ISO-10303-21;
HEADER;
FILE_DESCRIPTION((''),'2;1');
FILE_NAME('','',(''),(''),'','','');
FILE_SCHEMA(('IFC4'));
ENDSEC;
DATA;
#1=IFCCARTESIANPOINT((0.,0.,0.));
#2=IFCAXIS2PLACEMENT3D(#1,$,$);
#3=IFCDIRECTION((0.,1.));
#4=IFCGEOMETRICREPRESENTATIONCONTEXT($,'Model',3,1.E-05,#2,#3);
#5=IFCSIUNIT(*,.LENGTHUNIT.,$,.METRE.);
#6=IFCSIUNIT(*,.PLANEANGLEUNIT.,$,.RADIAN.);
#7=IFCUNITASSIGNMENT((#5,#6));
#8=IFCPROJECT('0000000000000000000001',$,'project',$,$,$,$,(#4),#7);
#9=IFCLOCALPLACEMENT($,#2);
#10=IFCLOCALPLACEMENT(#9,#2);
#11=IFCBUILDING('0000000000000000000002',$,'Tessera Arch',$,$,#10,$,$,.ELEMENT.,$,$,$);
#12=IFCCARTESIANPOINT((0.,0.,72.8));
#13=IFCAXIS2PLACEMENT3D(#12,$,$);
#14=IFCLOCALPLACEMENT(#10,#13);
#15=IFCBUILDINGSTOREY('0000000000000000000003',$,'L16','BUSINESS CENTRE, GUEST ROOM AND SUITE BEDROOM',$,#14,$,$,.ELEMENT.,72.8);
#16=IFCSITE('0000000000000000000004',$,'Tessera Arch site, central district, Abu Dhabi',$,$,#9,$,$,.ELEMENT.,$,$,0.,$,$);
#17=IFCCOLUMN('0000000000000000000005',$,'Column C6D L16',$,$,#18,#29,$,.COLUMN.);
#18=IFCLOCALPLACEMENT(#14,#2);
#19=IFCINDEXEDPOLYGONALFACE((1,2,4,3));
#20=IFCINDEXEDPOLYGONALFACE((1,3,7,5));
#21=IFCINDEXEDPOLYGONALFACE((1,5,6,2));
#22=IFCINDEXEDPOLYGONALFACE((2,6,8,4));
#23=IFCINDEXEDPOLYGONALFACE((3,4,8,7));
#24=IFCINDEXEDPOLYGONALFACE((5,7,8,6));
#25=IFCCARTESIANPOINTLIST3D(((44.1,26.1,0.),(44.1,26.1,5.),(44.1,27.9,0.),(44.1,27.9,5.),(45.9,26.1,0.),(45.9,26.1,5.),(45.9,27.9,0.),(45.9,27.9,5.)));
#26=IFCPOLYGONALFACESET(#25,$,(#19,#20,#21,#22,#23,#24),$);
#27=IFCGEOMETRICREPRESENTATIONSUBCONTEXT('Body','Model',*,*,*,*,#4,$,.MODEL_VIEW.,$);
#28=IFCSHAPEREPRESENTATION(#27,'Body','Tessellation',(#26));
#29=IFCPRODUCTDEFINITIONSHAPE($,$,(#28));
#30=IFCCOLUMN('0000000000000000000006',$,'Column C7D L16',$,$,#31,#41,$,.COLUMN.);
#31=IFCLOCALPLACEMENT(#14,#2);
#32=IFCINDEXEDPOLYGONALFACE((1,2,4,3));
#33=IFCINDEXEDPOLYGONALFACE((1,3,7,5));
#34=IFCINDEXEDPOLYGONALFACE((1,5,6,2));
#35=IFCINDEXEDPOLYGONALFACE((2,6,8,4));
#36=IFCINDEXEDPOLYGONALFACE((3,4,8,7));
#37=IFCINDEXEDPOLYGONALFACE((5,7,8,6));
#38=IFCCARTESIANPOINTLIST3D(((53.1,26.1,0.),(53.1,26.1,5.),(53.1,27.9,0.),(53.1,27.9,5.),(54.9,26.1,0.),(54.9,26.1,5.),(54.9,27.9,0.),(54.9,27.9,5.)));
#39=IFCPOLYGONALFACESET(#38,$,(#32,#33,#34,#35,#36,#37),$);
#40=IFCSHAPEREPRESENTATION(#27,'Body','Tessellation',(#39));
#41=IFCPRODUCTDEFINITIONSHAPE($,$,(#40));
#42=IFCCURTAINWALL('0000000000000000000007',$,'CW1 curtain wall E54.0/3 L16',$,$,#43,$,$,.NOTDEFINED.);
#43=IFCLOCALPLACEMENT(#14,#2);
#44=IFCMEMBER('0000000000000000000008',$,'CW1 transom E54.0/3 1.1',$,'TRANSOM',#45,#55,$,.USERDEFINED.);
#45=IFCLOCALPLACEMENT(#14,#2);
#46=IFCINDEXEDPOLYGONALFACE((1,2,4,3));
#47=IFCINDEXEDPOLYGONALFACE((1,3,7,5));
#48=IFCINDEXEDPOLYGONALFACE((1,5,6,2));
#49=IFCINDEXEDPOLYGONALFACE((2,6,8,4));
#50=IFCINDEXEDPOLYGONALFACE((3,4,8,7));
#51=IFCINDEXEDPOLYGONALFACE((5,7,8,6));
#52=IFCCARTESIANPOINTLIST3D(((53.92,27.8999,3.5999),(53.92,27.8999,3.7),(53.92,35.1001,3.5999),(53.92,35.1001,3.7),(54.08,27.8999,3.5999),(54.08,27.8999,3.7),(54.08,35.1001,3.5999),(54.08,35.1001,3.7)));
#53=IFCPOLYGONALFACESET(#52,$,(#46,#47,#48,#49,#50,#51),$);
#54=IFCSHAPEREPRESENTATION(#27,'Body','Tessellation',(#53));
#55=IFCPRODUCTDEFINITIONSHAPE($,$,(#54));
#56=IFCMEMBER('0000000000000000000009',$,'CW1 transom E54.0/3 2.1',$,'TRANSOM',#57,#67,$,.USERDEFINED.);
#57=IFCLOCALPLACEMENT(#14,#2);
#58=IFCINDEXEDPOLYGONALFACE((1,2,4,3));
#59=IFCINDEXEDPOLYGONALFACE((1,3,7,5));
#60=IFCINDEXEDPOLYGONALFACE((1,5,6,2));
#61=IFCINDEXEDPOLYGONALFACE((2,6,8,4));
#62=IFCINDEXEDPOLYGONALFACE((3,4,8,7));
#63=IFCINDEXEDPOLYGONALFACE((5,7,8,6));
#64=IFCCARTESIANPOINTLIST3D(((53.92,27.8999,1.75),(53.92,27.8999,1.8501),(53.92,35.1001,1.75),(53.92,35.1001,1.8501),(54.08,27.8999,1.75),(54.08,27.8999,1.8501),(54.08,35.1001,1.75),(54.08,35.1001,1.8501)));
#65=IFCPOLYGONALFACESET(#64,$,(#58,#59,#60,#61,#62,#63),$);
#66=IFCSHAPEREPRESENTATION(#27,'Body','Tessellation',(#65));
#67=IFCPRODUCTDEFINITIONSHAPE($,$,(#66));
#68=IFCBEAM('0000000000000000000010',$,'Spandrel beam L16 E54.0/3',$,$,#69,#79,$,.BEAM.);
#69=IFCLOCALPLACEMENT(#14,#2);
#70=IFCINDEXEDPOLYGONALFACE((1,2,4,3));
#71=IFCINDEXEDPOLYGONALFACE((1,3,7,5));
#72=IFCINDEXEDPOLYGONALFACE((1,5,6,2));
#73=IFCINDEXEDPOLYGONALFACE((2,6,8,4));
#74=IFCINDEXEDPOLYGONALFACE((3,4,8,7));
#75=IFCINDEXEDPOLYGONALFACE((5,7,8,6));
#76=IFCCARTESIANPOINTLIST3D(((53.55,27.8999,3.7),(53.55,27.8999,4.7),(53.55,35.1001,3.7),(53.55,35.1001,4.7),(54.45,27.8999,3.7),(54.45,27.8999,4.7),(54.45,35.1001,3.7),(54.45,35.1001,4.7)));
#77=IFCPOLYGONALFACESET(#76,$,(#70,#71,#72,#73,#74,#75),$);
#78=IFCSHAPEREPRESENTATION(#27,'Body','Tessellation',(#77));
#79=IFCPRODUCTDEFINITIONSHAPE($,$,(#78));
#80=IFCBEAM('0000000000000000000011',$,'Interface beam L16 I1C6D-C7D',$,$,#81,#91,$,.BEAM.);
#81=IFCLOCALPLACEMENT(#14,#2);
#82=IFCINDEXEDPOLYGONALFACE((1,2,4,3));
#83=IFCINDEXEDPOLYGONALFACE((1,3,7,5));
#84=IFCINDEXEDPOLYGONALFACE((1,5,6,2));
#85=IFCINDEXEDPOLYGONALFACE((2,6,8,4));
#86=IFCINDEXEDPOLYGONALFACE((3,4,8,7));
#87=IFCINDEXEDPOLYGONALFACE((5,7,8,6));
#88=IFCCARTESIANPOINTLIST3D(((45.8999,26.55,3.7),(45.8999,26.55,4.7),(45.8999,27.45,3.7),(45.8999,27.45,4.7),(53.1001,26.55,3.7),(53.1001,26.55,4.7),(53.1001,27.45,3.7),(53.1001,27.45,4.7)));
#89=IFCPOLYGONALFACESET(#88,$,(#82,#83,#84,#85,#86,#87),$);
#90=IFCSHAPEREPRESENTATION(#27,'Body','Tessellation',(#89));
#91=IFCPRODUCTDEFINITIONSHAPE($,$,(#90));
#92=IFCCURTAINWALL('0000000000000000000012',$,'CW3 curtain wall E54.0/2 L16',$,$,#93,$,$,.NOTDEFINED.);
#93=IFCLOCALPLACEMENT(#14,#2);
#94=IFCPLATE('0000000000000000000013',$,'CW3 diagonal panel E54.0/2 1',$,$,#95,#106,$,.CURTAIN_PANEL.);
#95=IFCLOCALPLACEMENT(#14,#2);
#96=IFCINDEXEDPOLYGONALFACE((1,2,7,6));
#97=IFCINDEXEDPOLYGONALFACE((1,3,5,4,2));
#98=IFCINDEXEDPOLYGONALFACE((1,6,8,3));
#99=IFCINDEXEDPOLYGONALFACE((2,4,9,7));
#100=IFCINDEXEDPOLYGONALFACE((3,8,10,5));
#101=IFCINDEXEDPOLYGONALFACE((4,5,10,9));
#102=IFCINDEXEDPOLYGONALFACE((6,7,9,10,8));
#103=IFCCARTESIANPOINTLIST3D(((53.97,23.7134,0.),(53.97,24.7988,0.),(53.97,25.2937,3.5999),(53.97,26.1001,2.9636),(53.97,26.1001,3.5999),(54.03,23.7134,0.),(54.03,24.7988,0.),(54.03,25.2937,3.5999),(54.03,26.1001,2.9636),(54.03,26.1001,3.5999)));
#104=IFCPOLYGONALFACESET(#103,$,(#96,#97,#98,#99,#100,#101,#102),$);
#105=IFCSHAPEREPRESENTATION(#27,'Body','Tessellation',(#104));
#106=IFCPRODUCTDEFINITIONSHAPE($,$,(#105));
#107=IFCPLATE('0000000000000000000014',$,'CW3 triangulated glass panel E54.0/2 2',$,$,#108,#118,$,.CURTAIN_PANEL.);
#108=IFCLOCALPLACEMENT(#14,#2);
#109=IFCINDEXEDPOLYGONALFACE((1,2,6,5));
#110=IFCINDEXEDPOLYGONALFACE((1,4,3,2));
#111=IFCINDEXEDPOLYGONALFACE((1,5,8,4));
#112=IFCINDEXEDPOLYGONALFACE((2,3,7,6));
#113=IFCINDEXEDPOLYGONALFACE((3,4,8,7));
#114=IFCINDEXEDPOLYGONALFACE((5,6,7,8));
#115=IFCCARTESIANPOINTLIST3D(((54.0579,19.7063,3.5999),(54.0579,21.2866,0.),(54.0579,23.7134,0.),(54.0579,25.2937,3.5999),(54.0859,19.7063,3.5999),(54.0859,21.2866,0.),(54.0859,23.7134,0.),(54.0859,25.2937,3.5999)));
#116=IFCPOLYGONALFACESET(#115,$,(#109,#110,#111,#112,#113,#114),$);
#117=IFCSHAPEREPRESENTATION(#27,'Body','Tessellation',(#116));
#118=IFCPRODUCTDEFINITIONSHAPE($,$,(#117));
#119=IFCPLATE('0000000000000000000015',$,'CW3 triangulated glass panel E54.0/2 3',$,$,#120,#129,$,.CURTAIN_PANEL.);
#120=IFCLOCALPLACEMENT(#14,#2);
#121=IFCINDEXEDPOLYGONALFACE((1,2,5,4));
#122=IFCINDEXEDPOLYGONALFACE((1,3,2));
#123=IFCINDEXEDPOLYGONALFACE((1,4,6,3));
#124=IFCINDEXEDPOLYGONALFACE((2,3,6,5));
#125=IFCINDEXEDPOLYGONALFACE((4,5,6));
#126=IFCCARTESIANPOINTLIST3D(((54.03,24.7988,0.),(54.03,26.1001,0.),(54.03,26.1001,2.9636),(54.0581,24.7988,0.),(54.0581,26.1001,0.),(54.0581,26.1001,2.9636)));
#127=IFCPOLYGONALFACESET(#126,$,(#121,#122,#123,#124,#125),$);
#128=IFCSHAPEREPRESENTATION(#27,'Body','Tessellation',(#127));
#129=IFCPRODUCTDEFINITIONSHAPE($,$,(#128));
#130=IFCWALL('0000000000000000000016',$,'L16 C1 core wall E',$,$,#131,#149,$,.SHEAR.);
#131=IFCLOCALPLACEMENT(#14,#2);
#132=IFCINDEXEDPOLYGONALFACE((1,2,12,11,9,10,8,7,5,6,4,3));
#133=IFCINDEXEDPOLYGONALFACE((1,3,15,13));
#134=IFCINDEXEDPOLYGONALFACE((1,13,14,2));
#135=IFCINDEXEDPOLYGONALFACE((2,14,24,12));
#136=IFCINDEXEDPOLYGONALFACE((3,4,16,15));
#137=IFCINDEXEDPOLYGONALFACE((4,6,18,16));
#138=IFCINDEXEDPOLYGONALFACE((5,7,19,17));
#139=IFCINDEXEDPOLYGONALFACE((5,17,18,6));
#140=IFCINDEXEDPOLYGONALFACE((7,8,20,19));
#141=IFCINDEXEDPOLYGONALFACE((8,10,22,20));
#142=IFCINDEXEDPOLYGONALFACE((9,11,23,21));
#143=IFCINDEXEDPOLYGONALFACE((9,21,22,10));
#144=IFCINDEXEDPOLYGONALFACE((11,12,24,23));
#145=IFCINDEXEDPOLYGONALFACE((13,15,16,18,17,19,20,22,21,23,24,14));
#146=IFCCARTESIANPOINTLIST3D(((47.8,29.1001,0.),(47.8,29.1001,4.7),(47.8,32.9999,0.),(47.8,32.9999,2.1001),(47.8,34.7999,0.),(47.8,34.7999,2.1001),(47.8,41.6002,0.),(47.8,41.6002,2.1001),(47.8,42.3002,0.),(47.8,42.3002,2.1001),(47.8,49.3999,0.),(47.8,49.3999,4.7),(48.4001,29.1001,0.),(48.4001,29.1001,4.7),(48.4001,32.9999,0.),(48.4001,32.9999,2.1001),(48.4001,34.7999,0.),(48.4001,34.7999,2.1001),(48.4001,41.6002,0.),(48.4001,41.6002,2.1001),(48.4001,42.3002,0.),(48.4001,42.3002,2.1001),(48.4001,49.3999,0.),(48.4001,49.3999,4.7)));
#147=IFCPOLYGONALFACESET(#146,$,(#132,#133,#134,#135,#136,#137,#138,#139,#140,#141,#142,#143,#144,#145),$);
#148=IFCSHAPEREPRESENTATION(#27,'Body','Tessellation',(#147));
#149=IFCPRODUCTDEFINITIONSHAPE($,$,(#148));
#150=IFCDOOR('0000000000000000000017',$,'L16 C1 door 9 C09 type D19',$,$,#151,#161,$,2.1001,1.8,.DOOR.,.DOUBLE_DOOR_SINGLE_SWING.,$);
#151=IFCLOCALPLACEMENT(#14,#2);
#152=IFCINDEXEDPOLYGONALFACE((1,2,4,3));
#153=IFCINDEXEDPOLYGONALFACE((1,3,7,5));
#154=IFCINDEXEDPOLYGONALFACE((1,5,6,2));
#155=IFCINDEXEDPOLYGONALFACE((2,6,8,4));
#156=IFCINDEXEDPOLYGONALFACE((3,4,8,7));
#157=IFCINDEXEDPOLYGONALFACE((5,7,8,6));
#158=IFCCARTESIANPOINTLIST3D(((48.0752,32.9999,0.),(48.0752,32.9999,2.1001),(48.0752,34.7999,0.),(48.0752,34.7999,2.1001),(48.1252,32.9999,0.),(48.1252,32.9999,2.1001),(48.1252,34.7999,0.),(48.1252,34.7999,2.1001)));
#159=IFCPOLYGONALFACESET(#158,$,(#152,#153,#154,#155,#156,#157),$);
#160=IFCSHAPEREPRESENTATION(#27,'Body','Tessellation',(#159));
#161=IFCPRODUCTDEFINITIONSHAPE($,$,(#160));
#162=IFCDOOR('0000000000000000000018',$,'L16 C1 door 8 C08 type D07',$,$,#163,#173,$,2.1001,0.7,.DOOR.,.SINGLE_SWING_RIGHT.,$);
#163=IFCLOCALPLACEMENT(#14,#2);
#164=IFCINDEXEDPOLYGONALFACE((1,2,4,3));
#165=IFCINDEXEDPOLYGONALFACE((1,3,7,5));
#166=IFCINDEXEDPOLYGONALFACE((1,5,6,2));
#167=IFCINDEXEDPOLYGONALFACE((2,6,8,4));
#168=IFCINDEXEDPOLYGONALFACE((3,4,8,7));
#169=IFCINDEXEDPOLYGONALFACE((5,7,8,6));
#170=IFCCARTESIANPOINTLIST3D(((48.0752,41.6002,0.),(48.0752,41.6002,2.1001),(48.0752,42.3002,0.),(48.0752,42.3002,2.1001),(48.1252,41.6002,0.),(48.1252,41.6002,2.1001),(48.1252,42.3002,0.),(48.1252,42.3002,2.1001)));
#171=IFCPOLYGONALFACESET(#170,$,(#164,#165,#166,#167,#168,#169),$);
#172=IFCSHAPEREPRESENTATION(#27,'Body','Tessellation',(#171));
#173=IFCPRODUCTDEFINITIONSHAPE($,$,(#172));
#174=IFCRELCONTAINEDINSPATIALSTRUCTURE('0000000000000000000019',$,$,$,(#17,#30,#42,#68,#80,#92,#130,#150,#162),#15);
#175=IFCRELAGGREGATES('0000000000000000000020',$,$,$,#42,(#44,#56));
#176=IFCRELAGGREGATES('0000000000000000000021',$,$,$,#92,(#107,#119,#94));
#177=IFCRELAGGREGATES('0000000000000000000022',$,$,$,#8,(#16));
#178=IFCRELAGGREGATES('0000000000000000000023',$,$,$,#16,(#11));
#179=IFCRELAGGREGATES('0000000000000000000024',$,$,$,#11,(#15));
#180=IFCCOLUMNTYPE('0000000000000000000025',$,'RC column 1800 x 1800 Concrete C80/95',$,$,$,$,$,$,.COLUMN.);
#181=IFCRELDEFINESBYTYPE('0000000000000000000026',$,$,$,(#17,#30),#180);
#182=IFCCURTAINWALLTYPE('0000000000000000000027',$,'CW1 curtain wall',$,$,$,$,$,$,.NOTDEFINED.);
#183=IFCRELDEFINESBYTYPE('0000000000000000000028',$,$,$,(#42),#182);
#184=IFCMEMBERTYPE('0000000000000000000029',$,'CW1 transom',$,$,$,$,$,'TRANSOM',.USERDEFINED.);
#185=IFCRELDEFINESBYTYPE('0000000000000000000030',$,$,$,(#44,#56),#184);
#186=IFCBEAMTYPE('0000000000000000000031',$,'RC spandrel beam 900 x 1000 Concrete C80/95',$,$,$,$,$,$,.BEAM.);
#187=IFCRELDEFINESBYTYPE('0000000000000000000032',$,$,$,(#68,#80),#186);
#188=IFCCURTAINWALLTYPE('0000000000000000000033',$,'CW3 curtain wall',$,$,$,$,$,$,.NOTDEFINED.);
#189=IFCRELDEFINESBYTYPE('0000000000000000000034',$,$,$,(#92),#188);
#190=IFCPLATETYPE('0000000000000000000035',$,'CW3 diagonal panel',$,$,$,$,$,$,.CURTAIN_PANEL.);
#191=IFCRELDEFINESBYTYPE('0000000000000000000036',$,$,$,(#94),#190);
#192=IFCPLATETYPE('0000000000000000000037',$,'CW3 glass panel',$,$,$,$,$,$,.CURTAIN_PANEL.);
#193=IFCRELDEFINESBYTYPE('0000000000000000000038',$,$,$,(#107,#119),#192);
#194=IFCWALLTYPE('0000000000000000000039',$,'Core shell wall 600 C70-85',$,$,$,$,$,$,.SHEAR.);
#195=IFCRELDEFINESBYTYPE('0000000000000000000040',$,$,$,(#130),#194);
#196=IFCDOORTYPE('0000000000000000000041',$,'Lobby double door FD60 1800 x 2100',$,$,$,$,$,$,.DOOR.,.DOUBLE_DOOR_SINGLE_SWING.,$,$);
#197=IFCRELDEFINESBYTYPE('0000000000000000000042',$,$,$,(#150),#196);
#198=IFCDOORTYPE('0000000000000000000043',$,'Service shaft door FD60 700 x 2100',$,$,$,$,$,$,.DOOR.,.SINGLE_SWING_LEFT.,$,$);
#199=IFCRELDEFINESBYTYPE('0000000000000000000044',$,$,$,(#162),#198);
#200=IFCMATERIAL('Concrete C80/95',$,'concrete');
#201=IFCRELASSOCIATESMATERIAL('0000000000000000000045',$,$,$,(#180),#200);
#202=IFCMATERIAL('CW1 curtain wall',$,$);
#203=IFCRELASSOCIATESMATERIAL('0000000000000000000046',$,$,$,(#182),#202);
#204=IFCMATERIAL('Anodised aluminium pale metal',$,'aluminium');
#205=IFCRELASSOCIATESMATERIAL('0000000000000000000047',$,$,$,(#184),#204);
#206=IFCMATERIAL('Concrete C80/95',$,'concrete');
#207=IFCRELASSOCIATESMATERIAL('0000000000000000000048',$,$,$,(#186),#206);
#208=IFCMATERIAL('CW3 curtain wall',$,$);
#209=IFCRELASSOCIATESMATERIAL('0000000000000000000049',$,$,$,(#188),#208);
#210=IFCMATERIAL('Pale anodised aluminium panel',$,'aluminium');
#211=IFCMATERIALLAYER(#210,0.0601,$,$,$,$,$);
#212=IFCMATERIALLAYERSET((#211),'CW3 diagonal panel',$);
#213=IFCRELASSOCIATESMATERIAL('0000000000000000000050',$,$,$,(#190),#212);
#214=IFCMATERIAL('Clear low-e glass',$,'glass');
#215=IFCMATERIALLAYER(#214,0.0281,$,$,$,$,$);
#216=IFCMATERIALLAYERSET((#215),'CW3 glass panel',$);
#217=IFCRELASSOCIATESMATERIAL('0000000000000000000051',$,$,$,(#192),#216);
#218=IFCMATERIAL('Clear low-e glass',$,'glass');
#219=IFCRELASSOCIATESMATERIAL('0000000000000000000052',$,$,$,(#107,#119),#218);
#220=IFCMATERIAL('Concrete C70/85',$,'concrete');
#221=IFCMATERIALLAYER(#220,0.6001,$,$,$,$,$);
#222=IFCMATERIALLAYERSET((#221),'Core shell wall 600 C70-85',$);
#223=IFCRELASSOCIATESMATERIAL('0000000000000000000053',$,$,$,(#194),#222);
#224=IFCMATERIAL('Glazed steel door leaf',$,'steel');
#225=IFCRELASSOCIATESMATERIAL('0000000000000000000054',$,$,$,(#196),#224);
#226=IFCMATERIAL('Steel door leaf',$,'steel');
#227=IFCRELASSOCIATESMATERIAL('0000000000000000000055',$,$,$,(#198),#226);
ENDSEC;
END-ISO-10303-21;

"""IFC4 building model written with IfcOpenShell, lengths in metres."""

from ifc_helpers import new_model, si_unit, direction, frame, frame_2d, origin, origin_2d, place, context, subcontext, project, spatial, polyline, rectangle, outline, extrude, material, layer, layer_set, material_profile, profile_set, type_object, element, fill, aggregate, save


model = new_model("IFC4")

# Units and contexts
model_context = context("Model", 3, precision=1e-05, world=origin(), true_north=direction((0.0, 1.0)))
body_context = subcontext(model_context, "Body", "Model", "MODEL_VIEW")
ifc_project = project(units=[si_unit("LENGTHUNIT", "METRE"), si_unit("PLANEANGLEUNIT", "RADIAN")], contexts=[model_context])

# Site, building, storey
site_placement = place(None, origin())
site = spatial("IfcSite", under=ifc_project, at=site_placement, Name="Tessera Arch site, central district, Abu Dhabi", CompositionType="ELEMENT", RefElevation=0.0)
building_placement = place(site_placement, origin())
building = spatial("IfcBuilding", under=site, at=building_placement, Name="Tessera Arch", CompositionType="ELEMENT")
storey_placement = place(building_placement, frame((0.0, 0.0, 72.8)))
storey = spatial("IfcBuildingStorey", under=building, at=storey_placement, Name="L16", Description="BUSINESS CENTRE, GUEST ROOM AND SUITE BEDROOM", CompositionType="ELEMENT", Elevation=72.8)

# Columns
ifc_material_1 = material(Name="Concrete C80/95", Category="concrete")
ifc_material_profile_1 = material_profile(ifc_material_1, rectangle(XDim=1.8, YDim=1.8, at=origin_2d()), Name="RC column 1800 x 1800 Concrete C80/95")
ifc_profile_set_1 = profile_set([ifc_material_profile_1], Name="Concrete C80/95")
column_type = type_object("IfcColumnType", Name="RC column 1800 x 1800 Concrete C80/95", PredefinedType="COLUMN", material=ifc_profile_set_1)
for number, where, z_axis, x_axis, name in (
    (1, (45.0, 27.0, 0.0), (0.0, 0.0, 1.0), (1.0, 0.0, 0.0), "Column C6D L16"),
    (2, (54.0, 27.0, 0.0), (0.0, 0.0, 1.0), (1.0, 0.0, 0.0), "Column C7D L16"),
):
    element("IfcColumn", number, at=place(storey_placement, frame(where, z_axis=z_axis, x_axis=x_axis)), inside=storey, type_object=column_type, Name=name, PredefinedType="COLUMN", context=body_context, shape_type="SweptSolid", body=[
        extrude(rectangle(XDim=1.8, YDim=1.8, at=origin_2d()), origin(), (0.0, 0.0, 1.0), 5.0),
    ])

# Curtain wall, members
ifc_material_2 = material(Name="CW1 curtain wall")
curtain_wall_type_1 = type_object("IfcCurtainWallType", Name="CW1 curtain wall", PredefinedType="NOTDEFINED", material=ifc_material_2)
curtain_wall_1_placement = place(storey_placement, origin())
curtain_wall_1 = element("IfcCurtainWall", 3, at=curtain_wall_1_placement, inside=storey, type_object=curtain_wall_type_1, Name="CW1 curtain wall E54.0/3 L16", PredefinedType="NOTDEFINED")
ifc_material_3 = material(Name="Anodised aluminium pale metal", Category="aluminium")
ifc_material_profile_2 = material_profile(ifc_material_3, rectangle(XDim=0.1599, YDim=0.1001, at=origin_2d()), Name="AL 160x100")
ifc_profile_set_2 = profile_set([ifc_material_profile_2], Name="Anodised aluminium pale metal")
member_type = type_object("IfcMemberType", Name="CW1 transom", ElementType="TRANSOM", PredefinedType="USERDEFINED", material=ifc_profile_set_2)
member_1_placement = place(storey_placement, frame((54.0, 27.8999, 3.6499), z_axis=(0.0, 1.0, 0.0), x_axis=(-1.0, 0.0, 0.0)))
member_1 = element("IfcMember", 4, at=member_1_placement, type_object=member_type, Name="CW1 transom E54.0/3 1.1", ObjectType="TRANSOM", PredefinedType="USERDEFINED", context=body_context, shape_type="SweptSolid", body=[
    extrude(rectangle(XDim=0.1599, YDim=0.1001, at=origin_2d()), origin(), (0.0, 0.0, 1.0), 7.2002),
])
member_2_placement = place(storey_placement, frame((54.0, 27.8999, 1.8), z_axis=(0.0, 1.0, 0.0), x_axis=(-1.0, 0.0, 0.0)))
member_2 = element("IfcMember", 5, at=member_2_placement, type_object=member_type, Name="CW1 transom E54.0/3 2.1", ObjectType="TRANSOM", PredefinedType="USERDEFINED", context=body_context, shape_type="SweptSolid", body=[
    extrude(rectangle(XDim=0.1599, YDim=0.1001, at=origin_2d()), origin(), (0.0, 0.0, 1.0), 7.2002),
])
aggregate(curtain_wall_1, [member_1, member_2])

# Beams
ifc_material_4 = material(Name="Concrete C80/95", Category="concrete")
ifc_material_profile_3 = material_profile(ifc_material_4, rectangle(XDim=0.8999, YDim=1.0, at=origin_2d()), Name="RC spandrel beam 900 x 1000 Concrete C80/95")
ifc_profile_set_3 = profile_set([ifc_material_profile_3], Name="Concrete C80/95")
beam_type = type_object("IfcBeamType", Name="RC spandrel beam 900 x 1000 Concrete C80/95", PredefinedType="BEAM", material=ifc_profile_set_3)
for number, where, z_axis, x_axis, name in (
    (6, (54.0, 27.8999, 4.2), (0.0, 1.0, 0.0), (-1.0, 0.0, 0.0), "Spandrel beam L16 E54.0/3"),
    (7, (45.8999, 27.0, 4.2), (1.0, 0.0, 0.0), (0.0, 1.0, 0.0), "Interface beam L16 I1C6D-C7D"),
):
    element("IfcBeam", number, at=place(storey_placement, frame(where, z_axis=z_axis, x_axis=x_axis)), inside=storey, type_object=beam_type, Name=name, PredefinedType="BEAM", context=body_context, shape_type="SweptSolid", body=[
        extrude(rectangle(XDim=0.8999, YDim=1.0, at=origin_2d()), origin(), (0.0, 0.0, 1.0), 7.2002),
    ])

# Curtain wall, plates
ifc_material_5 = material(Name="CW3 curtain wall")
curtain_wall_type_2 = type_object("IfcCurtainWallType", Name="CW3 curtain wall", PredefinedType="NOTDEFINED", material=ifc_material_5)
curtain_wall_2_placement = place(storey_placement, origin())
curtain_wall_2 = element("IfcCurtainWall", 8, at=curtain_wall_2_placement, inside=storey, type_object=curtain_wall_type_2, Name="CW3 curtain wall E54.0/2 L16", PredefinedType="NOTDEFINED")
ifc_material_6 = material(Name="Pale anodised aluminium panel", Category="aluminium")
ifc_layer_1 = layer(ifc_material_6, 0.0601)
ifc_layer_set_1 = layer_set([ifc_layer_1], Name="CW3 diagonal panel")
plate_type_1 = type_object("IfcPlateType", Name="CW3 diagonal panel", PredefinedType="CURTAIN_PANEL", material=ifc_layer_set_1)
plate_1_placement = place(storey_placement, frame((54.03, 26.1001, 3.5999), z_axis=(1.0, 0.0, 0.0), x_axis=(0.0, -1.0, 0.0)))
plate_1 = element("IfcPlate", 9, at=plate_1_placement, type_object=plate_type_1, Name="CW3 diagonal panel E54.0/2 1", PredefinedType="CURTAIN_PANEL", context=body_context, shape_type="SweptSolid", body=[
    extrude(outline(polyline([(0.0, 0.0), (0.8064, 0.0), (2.3867, 3.5999), (1.3013, 3.5999), (0.0, 0.6362), (0.0, 0.0)])), origin(), (0.0, 0.0, -1.0), 0.0601),
])
ifc_material_7 = material(Name="Clear low-e glass", Category="glass")
ifc_material_8 = material(Name="Clear low-e glass", Category="glass")
ifc_layer_2 = layer(ifc_material_8, 0.0281)
ifc_layer_set_2 = layer_set([ifc_layer_2], Name="CW3 glass panel")
plate_type_2 = type_object("IfcPlateType", Name="CW3 glass panel", PredefinedType="CURTAIN_PANEL", material=ifc_layer_set_2)
plate_2_placement = place(storey_placement, frame((54.0859, 25.2937, 3.5999), z_axis=(1.0, 0.0, 0.0), x_axis=(0.0, -1.0, 0.0)))
plate_2 = element("IfcPlate", 10, at=plate_2_placement, type_object=plate_type_2, material=ifc_material_7, Name="CW3 triangulated glass panel E54.0/2 2", PredefinedType="CURTAIN_PANEL", context=body_context, shape_type="SweptSolid", body=[
    extrude(outline(polyline([(0.0, 0.0), (5.5874, 0.0), (4.0071, 3.5999), (1.5803, 3.5999), (0.0, 0.0)])), origin(), (0.0, 0.0, -1.0), 0.0281),
])
plate_3_placement = place(storey_placement, frame((54.0581, 26.1001, 0.0), z_axis=(1.0, 0.0, 0.0), x_axis=(0.0, 0.0, 1.0)))
plate_3 = element("IfcPlate", 11, at=plate_3_placement, type_object=plate_type_2, material=ifc_material_7, Name="CW3 triangulated glass panel E54.0/2 3", PredefinedType="CURTAIN_PANEL", context=body_context, shape_type="SweptSolid", body=[
    extrude(outline(polyline([(0.0, 0.0), (2.9636, 0.0), (0.0, 1.3013), (0.0, 0.0)])), origin(), (0.0, 0.0, -1.0), 0.0281),
])
aggregate(curtain_wall_2, [plate_2, plate_3, plate_1])

# Wall, openings, doors
ifc_material_9 = material(Name="Concrete C70/85", Category="concrete")
ifc_layer_3 = layer(ifc_material_9, 0.6001)
ifc_layer_set_3 = layer_set([ifc_layer_3], Name="Core shell wall 600 C70-85")
wall_type_1 = type_object("IfcWallType", Name="Core shell wall 600 C70-85", PredefinedType="SHEAR", material=ifc_layer_set_3)
wall_1_placement = place(storey_placement, frame((48.1001, 29.1001, 0.0), z_axis=(0.0, 0.0, 1.0), x_axis=(0.0, 1.0, 0.0)))
wall_1 = element("IfcWall", 12, at=wall_1_placement, inside=storey, type_object=wall_type_1, Name="L16 C1 core wall E", PredefinedType="SHEAR", context=body_context, shape_type="SweptSolid", body=[
    extrude(rectangle(XDim=20.2998, YDim=0.6001, at=frame_2d((10.1499, 0.0))), origin(), (0.0, 0.0, 1.0), 4.7),
])
opening_1_placement = place(wall_1_placement, frame((12.5, 0.0, 0.0)))
opening_1 = element("IfcOpeningElement", 13, at=opening_1_placement, cuts=wall_1, PredefinedType="OPENING", context=body_context, shape_type="SweptSolid", body=[
    extrude(rectangle(XDim=0.7, YDim=2.1001, at=frame_2d((0.3501, 1.05))), frame((0.0, 0.3101, 0.0), z_axis=(0.0, -1.0, 0.0), x_axis=(1.0, 0.0, 0.0)), (0.0, 0.0, 1.0), 0.6201),
])
opening_2_placement = place(wall_1_placement, frame((3.8999, 0.0, 0.0)))
opening_2 = element("IfcOpeningElement", 14, at=opening_2_placement, cuts=wall_1, PredefinedType="OPENING", context=body_context, shape_type="SweptSolid", body=[
    extrude(rectangle(XDim=1.8, YDim=2.1001, at=frame_2d((0.8999, 1.05))), frame((0.0, 0.3101, 0.0), z_axis=(0.0, -1.0, 0.0), x_axis=(1.0, 0.0, 0.0)), (0.0, 0.0, 1.0), 0.6201),
])
ifc_material_10 = material(Name="Glazed steel door leaf", Category="steel")
door_type_1 = type_object("IfcDoorType", Name="Lobby double door FD60 1800 x 2100", OperationType="DOUBLE_DOOR_SINGLE_SWING", PredefinedType="DOOR", material=ifc_material_10)
door_1_placement = place(opening_2_placement, origin())
door_1 = element("IfcDoor", 15, at=door_1_placement, inside=storey, type_object=door_type_1, Name="L16 C1 door 9 C09 type D19", OperationType="DOUBLE_DOOR_SINGLE_SWING", OverallHeight=2.1001, OverallWidth=1.8, PredefinedType="DOOR", context=body_context, shape_type="SweptSolid", body=[
    extrude(rectangle(XDim=1.8, YDim=2.1001, at=frame_2d((0.8999, 1.05))), frame((0.0, 0.0249, 0.0), z_axis=(0.0, -1.0, 0.0), x_axis=(1.0, 0.0, 0.0)), (0.0, 0.0, 1.0), 0.05),
])
fill(opening_2, door_1)
ifc_material_11 = material(Name="Steel door leaf", Category="steel")
door_type_2 = type_object("IfcDoorType", Name="Service shaft door FD60 700 x 2100", OperationType="SINGLE_SWING_LEFT", PredefinedType="DOOR", material=ifc_material_11)
door_2_placement = place(opening_1_placement, origin())
door_2 = element("IfcDoor", 16, at=door_2_placement, inside=storey, type_object=door_type_2, Name="L16 C1 door 8 C08 type D07", OperationType="SINGLE_SWING_RIGHT", OverallHeight=2.1001, OverallWidth=0.7, PredefinedType="DOOR", context=body_context, shape_type="SweptSolid", body=[
    extrude(rectangle(XDim=0.7, YDim=2.1001, at=frame_2d((0.3501, 1.05))), frame((0.0, 0.0249, 0.0), z_axis=(0.0, -1.0, 0.0), x_axis=(1.0, 0.0, 0.0)), (0.0, 0.0, 1.0), 0.05),
])
fill(opening_1, door_2)

save(model, "model.ifc")
